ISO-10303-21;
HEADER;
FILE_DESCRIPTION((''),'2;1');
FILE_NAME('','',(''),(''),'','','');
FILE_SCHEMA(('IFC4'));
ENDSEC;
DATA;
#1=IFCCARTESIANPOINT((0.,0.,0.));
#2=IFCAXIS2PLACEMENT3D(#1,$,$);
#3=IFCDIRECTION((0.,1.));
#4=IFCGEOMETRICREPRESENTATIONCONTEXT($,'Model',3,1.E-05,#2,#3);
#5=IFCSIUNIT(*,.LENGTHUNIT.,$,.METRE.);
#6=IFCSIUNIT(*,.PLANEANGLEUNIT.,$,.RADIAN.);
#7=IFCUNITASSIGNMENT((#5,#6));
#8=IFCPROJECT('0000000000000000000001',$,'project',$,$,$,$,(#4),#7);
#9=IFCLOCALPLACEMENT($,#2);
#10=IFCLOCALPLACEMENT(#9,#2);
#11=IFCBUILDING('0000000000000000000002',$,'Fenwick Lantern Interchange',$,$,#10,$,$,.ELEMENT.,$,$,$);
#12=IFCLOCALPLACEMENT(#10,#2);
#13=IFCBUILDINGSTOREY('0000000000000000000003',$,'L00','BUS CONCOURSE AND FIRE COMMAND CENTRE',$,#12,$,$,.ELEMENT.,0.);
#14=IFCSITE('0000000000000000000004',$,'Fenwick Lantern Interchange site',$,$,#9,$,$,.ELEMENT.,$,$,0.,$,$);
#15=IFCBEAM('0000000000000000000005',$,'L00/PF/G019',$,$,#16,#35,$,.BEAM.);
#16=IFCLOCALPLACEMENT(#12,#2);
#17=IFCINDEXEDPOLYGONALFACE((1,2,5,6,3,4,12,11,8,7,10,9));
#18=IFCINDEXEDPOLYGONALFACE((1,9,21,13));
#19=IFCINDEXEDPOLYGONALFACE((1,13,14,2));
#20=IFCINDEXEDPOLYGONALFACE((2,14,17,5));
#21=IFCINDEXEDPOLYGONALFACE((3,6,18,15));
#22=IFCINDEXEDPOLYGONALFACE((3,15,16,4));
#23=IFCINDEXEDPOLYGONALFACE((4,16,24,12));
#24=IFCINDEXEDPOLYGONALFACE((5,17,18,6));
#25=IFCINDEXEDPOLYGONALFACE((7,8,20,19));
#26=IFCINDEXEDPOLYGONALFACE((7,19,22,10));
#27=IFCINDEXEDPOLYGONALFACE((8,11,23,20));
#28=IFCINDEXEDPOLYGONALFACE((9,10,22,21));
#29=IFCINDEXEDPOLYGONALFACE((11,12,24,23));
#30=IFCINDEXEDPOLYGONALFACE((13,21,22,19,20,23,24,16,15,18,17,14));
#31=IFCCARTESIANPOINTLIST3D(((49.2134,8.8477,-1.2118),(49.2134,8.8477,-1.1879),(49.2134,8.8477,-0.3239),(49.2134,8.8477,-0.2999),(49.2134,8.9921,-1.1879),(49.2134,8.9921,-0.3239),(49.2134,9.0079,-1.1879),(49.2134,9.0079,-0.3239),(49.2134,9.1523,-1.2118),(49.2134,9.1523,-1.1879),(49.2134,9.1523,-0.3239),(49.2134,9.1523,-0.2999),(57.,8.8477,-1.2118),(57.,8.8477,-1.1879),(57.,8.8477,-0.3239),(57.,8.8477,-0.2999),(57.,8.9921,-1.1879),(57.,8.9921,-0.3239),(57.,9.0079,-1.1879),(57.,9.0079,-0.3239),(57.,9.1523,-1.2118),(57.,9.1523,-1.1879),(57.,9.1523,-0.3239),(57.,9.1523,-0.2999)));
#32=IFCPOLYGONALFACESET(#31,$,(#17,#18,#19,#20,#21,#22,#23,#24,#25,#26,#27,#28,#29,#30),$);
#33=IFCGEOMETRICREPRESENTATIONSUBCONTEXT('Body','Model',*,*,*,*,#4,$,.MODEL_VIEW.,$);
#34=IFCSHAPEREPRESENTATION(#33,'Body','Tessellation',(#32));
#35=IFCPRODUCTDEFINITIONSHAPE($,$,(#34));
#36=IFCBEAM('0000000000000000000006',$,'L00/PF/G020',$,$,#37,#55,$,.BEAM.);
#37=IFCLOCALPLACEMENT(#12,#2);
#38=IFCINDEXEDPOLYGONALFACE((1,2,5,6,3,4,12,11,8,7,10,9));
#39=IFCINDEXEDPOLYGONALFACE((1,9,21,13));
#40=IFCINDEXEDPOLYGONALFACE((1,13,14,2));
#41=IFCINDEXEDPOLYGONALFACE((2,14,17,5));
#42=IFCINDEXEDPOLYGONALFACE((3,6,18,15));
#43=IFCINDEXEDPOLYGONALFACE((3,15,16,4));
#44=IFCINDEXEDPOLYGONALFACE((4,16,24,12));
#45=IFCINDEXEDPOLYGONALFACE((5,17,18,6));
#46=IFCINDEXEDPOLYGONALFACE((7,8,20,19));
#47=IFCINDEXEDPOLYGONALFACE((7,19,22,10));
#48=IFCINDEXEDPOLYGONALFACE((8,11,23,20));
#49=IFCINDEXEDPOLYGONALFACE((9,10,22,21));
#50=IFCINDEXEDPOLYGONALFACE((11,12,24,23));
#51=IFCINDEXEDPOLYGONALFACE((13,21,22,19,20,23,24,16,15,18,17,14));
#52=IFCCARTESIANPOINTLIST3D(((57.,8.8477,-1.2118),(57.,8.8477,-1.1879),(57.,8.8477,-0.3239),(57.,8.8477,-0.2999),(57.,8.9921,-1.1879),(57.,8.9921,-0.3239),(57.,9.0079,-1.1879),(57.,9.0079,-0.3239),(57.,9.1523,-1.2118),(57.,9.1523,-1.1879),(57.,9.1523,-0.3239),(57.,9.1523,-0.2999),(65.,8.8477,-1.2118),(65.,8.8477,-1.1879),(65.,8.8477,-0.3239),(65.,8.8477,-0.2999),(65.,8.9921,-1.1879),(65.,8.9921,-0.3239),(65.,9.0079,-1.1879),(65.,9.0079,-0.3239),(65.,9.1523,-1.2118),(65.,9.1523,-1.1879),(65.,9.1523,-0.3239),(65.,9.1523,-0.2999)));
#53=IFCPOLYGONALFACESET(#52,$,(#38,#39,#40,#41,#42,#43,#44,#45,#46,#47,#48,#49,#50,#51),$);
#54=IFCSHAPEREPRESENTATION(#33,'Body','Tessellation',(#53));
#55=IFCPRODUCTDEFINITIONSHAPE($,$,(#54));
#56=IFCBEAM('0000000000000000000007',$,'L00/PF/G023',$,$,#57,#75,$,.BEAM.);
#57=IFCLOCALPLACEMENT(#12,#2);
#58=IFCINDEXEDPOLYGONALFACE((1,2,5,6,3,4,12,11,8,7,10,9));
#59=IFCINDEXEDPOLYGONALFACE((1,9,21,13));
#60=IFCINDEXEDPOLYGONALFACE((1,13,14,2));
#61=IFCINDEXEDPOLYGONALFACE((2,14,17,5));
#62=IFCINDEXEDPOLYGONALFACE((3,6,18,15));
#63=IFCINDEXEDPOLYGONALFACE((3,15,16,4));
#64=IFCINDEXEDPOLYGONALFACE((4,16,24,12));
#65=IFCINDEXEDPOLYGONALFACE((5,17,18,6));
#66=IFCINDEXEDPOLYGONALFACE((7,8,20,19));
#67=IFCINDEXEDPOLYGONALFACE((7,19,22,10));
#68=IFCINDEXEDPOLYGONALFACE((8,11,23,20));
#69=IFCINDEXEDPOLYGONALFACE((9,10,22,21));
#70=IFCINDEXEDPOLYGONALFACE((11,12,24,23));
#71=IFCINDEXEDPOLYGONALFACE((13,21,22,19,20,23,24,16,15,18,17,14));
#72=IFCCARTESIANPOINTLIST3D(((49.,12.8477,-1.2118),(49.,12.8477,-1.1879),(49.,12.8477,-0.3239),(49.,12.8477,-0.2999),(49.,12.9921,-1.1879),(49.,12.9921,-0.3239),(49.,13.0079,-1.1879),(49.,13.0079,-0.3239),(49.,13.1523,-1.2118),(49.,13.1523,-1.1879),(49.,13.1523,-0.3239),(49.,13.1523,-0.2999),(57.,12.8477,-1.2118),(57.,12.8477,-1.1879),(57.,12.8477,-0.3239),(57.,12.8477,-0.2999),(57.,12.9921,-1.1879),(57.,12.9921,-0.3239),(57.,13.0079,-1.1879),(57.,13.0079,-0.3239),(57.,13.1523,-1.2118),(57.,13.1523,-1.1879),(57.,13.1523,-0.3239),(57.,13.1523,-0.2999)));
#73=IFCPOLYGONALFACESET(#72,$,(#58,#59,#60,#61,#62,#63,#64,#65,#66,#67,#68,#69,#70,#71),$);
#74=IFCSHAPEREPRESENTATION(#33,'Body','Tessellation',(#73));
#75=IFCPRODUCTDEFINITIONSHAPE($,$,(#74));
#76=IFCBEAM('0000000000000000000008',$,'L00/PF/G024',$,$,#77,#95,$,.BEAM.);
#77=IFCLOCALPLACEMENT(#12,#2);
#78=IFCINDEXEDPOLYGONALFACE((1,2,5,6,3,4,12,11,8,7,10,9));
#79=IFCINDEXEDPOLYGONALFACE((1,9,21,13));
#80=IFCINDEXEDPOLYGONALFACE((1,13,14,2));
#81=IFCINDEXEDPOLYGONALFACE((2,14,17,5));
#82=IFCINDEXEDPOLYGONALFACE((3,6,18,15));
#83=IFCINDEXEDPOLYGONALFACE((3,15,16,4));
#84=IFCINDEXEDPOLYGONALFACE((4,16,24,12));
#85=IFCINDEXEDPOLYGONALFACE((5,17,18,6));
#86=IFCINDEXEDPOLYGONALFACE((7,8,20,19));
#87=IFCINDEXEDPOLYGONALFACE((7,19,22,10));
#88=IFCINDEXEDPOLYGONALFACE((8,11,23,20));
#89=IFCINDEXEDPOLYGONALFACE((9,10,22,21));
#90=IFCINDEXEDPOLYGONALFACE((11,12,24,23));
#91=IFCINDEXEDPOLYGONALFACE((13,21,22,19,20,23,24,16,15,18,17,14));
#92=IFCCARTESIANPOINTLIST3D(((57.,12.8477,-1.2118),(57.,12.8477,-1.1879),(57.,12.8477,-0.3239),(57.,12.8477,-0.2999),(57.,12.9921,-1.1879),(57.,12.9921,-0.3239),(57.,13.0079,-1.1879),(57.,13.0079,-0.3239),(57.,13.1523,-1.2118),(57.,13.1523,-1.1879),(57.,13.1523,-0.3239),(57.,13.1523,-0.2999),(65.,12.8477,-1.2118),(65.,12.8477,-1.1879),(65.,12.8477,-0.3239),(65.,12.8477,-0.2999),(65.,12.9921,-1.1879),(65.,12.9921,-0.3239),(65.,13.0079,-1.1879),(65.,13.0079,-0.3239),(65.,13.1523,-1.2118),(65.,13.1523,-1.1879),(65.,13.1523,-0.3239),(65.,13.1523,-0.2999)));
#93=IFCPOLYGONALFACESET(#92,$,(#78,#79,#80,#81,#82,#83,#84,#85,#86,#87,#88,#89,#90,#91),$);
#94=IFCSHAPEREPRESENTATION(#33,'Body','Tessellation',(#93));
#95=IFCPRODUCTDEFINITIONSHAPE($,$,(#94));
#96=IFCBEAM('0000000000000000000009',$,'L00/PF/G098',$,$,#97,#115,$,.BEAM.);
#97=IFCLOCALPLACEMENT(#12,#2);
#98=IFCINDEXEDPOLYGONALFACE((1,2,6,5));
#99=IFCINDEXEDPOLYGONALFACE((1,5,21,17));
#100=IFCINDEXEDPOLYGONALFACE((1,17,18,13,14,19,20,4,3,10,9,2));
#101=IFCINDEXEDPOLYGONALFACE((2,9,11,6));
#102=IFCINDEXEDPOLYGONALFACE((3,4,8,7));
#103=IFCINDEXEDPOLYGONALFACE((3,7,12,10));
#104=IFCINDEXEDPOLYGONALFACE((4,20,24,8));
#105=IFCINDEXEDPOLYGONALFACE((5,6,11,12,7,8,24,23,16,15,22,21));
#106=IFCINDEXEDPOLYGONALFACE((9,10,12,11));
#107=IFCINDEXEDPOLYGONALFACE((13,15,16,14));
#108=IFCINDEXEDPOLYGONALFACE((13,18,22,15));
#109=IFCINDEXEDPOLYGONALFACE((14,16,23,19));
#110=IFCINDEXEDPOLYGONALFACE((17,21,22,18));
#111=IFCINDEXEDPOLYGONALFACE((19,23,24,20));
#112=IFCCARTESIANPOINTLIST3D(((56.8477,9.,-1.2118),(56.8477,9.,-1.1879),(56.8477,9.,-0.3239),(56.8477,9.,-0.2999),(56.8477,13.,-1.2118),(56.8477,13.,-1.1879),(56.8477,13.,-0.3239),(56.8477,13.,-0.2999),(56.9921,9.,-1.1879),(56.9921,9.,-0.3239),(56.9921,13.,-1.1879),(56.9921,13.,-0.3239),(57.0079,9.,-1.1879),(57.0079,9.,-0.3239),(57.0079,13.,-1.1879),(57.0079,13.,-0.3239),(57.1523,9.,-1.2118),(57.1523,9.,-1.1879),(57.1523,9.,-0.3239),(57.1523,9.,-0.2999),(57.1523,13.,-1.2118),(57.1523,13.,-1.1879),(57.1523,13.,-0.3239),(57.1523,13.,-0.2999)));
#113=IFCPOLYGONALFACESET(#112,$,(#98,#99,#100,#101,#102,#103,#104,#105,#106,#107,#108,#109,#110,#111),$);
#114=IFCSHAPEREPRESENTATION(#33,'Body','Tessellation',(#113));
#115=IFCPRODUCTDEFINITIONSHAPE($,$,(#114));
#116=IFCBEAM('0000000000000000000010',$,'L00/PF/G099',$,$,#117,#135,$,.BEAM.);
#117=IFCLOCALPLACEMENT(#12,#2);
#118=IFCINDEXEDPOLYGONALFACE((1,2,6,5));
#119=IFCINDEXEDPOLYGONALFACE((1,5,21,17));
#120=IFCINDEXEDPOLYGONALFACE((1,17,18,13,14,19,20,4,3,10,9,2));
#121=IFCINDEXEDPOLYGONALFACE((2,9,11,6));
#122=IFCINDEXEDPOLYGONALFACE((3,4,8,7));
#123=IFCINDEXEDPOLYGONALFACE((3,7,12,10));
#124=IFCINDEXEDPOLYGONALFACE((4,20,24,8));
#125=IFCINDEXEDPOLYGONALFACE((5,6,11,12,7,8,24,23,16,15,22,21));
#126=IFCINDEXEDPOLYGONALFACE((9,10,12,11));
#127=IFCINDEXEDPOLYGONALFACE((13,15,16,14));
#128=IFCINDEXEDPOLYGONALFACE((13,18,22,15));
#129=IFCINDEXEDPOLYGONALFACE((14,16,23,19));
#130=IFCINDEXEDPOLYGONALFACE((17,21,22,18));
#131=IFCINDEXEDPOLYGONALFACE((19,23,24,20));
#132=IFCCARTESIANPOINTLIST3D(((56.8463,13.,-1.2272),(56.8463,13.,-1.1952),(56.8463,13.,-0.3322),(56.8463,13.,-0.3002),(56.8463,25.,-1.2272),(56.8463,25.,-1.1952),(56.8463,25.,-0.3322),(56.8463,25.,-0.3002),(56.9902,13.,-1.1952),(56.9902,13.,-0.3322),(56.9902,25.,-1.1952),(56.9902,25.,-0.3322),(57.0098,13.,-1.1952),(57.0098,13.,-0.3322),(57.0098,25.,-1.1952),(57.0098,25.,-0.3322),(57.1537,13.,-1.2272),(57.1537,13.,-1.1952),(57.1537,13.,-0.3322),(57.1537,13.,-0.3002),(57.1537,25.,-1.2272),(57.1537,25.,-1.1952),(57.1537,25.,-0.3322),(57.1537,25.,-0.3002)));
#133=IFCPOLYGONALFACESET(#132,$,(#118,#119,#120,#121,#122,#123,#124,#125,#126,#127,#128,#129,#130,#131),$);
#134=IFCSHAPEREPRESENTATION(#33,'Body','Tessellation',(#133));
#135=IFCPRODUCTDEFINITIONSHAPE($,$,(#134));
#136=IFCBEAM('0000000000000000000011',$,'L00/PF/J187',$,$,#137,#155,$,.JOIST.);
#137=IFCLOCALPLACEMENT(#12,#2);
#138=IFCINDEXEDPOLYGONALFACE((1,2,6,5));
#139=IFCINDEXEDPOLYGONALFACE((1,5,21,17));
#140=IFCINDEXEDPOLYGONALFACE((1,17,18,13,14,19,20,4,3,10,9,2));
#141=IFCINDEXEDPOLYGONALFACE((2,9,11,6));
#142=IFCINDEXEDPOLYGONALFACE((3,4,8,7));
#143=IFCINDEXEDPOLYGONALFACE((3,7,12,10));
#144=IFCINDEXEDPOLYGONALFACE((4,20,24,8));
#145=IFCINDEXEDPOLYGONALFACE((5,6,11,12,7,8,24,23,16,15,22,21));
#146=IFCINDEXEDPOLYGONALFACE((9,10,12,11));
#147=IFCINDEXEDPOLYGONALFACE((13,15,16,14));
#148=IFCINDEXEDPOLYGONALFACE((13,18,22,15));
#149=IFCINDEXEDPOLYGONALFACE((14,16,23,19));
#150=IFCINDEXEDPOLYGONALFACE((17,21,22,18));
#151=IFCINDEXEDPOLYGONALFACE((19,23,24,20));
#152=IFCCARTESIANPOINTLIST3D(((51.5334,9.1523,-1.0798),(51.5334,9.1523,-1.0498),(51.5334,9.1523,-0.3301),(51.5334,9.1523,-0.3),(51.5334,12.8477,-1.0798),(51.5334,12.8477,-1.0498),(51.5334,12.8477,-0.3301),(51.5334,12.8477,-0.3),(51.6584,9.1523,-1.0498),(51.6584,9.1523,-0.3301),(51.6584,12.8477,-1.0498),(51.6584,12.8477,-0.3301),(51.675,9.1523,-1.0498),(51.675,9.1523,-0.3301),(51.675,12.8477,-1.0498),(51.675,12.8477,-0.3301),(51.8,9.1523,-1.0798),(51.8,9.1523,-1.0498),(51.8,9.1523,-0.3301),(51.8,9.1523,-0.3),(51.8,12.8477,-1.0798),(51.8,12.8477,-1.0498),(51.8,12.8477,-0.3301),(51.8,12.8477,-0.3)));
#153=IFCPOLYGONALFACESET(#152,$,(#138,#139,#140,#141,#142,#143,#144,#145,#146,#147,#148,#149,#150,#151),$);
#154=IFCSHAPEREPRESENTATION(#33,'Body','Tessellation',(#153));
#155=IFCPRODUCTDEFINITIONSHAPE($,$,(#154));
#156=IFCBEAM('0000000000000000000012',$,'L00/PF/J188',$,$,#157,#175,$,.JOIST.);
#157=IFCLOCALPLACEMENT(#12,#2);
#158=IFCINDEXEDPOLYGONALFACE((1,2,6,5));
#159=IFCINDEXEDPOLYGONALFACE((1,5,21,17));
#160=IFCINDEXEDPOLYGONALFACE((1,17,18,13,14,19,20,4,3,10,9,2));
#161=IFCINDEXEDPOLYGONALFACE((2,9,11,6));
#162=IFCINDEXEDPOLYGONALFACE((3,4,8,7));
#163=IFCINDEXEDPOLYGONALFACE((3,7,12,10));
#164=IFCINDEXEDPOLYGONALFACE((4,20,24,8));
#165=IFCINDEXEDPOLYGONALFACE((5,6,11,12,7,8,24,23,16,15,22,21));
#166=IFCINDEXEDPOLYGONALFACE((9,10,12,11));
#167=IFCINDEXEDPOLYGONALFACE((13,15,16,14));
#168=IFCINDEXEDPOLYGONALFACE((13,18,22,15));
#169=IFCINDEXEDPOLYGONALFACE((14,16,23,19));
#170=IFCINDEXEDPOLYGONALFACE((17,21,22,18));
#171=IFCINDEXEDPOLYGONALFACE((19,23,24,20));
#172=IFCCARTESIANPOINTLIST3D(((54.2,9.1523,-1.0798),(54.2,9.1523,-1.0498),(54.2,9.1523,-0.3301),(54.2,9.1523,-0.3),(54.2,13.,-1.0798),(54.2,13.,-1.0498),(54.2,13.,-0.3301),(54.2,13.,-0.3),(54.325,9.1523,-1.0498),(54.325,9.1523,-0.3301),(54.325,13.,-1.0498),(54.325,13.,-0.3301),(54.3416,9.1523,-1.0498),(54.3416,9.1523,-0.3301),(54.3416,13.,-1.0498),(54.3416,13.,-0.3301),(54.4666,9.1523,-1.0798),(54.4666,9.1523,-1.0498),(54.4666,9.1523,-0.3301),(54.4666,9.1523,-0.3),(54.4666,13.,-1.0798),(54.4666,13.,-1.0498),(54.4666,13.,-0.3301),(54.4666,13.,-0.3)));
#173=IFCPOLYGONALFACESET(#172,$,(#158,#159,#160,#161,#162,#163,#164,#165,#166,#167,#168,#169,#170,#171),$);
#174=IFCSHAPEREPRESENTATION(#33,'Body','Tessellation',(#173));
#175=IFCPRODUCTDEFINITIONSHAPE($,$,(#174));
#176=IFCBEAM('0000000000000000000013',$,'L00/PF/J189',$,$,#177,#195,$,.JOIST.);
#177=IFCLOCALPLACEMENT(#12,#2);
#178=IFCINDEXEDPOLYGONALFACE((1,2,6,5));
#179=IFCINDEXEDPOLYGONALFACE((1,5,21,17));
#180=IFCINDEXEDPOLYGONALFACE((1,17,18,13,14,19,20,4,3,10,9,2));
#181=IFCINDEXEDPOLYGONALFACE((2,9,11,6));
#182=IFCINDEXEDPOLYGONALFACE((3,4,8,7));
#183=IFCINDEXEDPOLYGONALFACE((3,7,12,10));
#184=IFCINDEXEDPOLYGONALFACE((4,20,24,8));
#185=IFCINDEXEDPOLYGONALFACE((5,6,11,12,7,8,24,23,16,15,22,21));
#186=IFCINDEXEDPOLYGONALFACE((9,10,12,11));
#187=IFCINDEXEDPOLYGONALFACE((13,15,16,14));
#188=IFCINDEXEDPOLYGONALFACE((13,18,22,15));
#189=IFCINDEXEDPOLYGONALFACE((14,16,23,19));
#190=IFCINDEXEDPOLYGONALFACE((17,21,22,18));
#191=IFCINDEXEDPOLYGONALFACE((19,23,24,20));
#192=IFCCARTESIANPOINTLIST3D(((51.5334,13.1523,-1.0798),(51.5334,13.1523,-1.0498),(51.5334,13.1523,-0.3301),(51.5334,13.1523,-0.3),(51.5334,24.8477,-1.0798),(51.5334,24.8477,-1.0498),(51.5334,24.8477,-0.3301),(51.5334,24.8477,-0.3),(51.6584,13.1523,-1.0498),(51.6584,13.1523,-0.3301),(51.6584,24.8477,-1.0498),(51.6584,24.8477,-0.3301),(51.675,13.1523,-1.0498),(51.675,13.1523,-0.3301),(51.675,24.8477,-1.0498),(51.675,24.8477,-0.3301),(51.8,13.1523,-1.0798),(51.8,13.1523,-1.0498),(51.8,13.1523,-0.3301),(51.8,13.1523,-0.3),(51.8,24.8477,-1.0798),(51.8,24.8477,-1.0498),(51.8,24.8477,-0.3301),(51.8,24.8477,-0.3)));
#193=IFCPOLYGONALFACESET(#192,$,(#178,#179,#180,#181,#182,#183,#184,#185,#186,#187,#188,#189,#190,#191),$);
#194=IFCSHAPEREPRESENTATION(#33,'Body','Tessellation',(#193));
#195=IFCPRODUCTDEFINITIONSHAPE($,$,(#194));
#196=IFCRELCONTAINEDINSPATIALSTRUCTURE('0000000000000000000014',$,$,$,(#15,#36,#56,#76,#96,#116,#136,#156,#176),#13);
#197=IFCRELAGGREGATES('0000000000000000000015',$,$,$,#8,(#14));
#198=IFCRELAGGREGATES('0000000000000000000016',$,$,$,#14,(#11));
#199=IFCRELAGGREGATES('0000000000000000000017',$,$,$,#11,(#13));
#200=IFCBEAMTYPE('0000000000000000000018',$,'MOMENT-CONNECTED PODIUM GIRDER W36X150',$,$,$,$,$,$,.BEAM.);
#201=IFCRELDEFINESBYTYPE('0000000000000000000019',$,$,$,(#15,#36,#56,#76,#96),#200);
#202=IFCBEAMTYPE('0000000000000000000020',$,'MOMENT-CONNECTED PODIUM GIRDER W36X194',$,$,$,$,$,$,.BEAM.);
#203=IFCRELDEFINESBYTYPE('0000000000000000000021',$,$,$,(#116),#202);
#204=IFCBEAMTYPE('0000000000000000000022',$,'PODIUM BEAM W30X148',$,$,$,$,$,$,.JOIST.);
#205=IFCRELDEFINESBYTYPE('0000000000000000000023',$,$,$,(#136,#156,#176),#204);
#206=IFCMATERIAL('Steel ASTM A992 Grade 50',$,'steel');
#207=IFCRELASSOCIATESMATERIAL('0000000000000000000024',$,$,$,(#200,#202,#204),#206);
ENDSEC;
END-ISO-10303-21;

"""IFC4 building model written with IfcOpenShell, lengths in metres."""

from ifc_helpers import new_model, si_unit, direction, frame, origin, origin_2d, place, context, subcontext, project, spatial, i_section, extrude, material, material_profile, profile_set, type_object, element, save


model = new_model("IFC4")

# Units and contexts
model_context = context("Model", 3, precision=1e-05, world=origin(), true_north=direction((0.0, 1.0)))
body_context = subcontext(model_context, "Body", "Model", "MODEL_VIEW")
ifc_project = project(units=[si_unit("LENGTHUNIT", "METRE"), si_unit("PLANEANGLEUNIT", "RADIAN")], contexts=[model_context])

# Site, building, storey
site_placement = place(None, origin())
site = spatial("IfcSite", under=ifc_project, at=site_placement, Name="Fenwick Lantern Interchange site", CompositionType="ELEMENT", RefElevation=0.0)
building_placement = place(site_placement, origin())
building = spatial("IfcBuilding", under=site, at=building_placement, Name="Fenwick Lantern Interchange", CompositionType="ELEMENT")
storey_placement = place(building_placement, origin())
storey = spatial("IfcBuildingStorey", under=building, at=storey_placement, Name="L00", Description="BUS CONCOURSE AND FIRE COMMAND CENTRE", CompositionType="ELEMENT", Elevation=0.0)

# Shared definitions
ifc_material_1 = material(Name="Steel ASTM A992 Grade 50", Category="steel")

# Beams
ifc_material_profile_1 = material_profile(ifc_material_1, i_section(OverallWidth=0.3047, OverallDepth=0.9119, WebThickness=0.0159, FlangeThickness=0.0239, at=origin_2d()), Name="W36X150")
ifc_profile_set_1 = profile_set([ifc_material_profile_1], Name="Steel ASTM A992 Grade 50")
beam_type_1 = type_object("IfcBeamType", Name="MOMENT-CONNECTED PODIUM GIRDER W36X150", PredefinedType="BEAM", material=ifc_profile_set_1)
beam_1_placement = place(storey_placement, frame((49.2134, 9.0, -0.7559), z_axis=(1.0, 0.0, 0.0), x_axis=(0.0, 1.0, 0.0)))
element("IfcBeam", 1, at=beam_1_placement, inside=storey, type_object=beam_type_1, Name="L00/PF/G019", PredefinedType="BEAM", context=body_context, shape_type="SweptSolid", body=[
    extrude(i_section(OverallWidth=0.3047, OverallDepth=0.9119, WebThickness=0.0159, FlangeThickness=0.0239, at=origin_2d()), origin(), (0.0, 0.0, 1.0), 7.7866),
])
for number, where, z_axis, x_axis, name in (
    (2, (57.0, 9.0, -0.7559), (1.0, 0.0, 0.0), (0.0, 1.0, 0.0), "L00/PF/G020"),
    (3, (49.0, 13.0, -0.7559), (1.0, 0.0, 0.0), (0.0, 1.0, 0.0), "L00/PF/G023"),
    (4, (57.0, 13.0, -0.7559), (1.0, 0.0, 0.0), (0.0, 1.0, 0.0), "L00/PF/G024"),
):
    element("IfcBeam", number, at=place(storey_placement, frame(where, z_axis=z_axis, x_axis=x_axis)), inside=storey, type_object=beam_type_1, Name=name, PredefinedType="BEAM", context=body_context, shape_type="SweptSolid", body=[
        extrude(i_section(OverallWidth=0.3047, OverallDepth=0.9119, WebThickness=0.0159, FlangeThickness=0.0239, at=origin_2d()), origin(), (0.0, 0.0, 1.0), 8.0),
    ])
beam_2_placement = place(storey_placement, frame((57.0, 9.0, -0.7559), z_axis=(0.0, 1.0, 0.0), x_axis=(-1.0, 0.0, 0.0)))
element("IfcBeam", 5, at=beam_2_placement, inside=storey, type_object=beam_type_1, Name="L00/PF/G098", PredefinedType="BEAM", context=body_context, shape_type="SweptSolid", body=[
    extrude(i_section(OverallWidth=0.3047, OverallDepth=0.9119, WebThickness=0.0159, FlangeThickness=0.0239, at=origin_2d()), origin(), (0.0, 0.0, 1.0), 4.0),
])
ifc_material_profile_2 = material_profile(ifc_material_1, i_section(OverallWidth=0.3074, OverallDepth=0.927, WebThickness=0.0195, FlangeThickness=0.032, at=origin_2d()), Name="W36X194")
ifc_profile_set_2 = profile_set([ifc_material_profile_2], Name="Steel ASTM A992 Grade 50")
beam_type_2 = type_object("IfcBeamType", Name="MOMENT-CONNECTED PODIUM GIRDER W36X194", PredefinedType="BEAM", material=ifc_profile_set_2)
beam_3_placement = place(storey_placement, frame((57.0, 13.0, -0.7637), z_axis=(0.0, 1.0, 0.0), x_axis=(-1.0, 0.0, 0.0)))
element("IfcBeam", 6, at=beam_3_placement, inside=storey, type_object=beam_type_2, Name="L00/PF/G099", PredefinedType="BEAM", context=body_context, shape_type="SweptSolid", body=[
    extrude(i_section(OverallWidth=0.3074, OverallDepth=0.927, WebThickness=0.0195, FlangeThickness=0.032, at=origin_2d()), origin(), (0.0, 0.0, 1.0), 12.0),
])
ifc_material_profile_3 = material_profile(ifc_material_1, i_section(OverallWidth=0.2666, OverallDepth=0.7798, WebThickness=0.0166, FlangeThickness=0.03, at=origin_2d()), Name="W30X148")
ifc_profile_set_3 = profile_set([ifc_material_profile_3], Name="Steel ASTM A992 Grade 50")
beam_type_3 = type_object("IfcBeamType", Name="PODIUM BEAM W30X148", PredefinedType="JOIST", material=ifc_profile_set_3)
beam_4_placement = place(storey_placement, frame((51.6667, 9.1523, -0.6899), z_axis=(0.0, 1.0, 0.0), x_axis=(-1.0, 0.0, 0.0)))
element("IfcBeam", 7, at=beam_4_placement, inside=storey, type_object=beam_type_3, Name="L00/PF/J187", PredefinedType="JOIST", context=body_context, shape_type="SweptSolid", body=[
    extrude(i_section(OverallWidth=0.2666, OverallDepth=0.7798, WebThickness=0.0166, FlangeThickness=0.03, at=origin_2d()), origin(), (0.0, 0.0, 1.0), 3.6953),
])
beam_5_placement = place(storey_placement, frame((54.3333, 9.1523, -0.6899), z_axis=(0.0, 1.0, 0.0), x_axis=(-1.0, 0.0, 0.0)))
element("IfcBeam", 8, at=beam_5_placement, inside=storey, type_object=beam_type_3, Name="L00/PF/J188", PredefinedType="JOIST", context=body_context, shape_type="SweptSolid", body=[
    extrude(i_section(OverallWidth=0.2666, OverallDepth=0.7798, WebThickness=0.0166, FlangeThickness=0.03, at=origin_2d()), origin(), (0.0, 0.0, 1.0), 3.8477),
])
beam_6_placement = place(storey_placement, frame((51.6667, 13.1523, -0.6899), z_axis=(0.0, 1.0, 0.0), x_axis=(-1.0, 0.0, 0.0)))
element("IfcBeam", 9, at=beam_6_placement, inside=storey, type_object=beam_type_3, Name="L00/PF/J189", PredefinedType="JOIST", context=body_context, shape_type="SweptSolid", body=[
    extrude(i_section(OverallWidth=0.2666, OverallDepth=0.7798, WebThickness=0.0166, FlangeThickness=0.03, at=origin_2d()), origin(), (0.0, 0.0, 1.0), 11.6953),
])

save(model, "model.ifc")
